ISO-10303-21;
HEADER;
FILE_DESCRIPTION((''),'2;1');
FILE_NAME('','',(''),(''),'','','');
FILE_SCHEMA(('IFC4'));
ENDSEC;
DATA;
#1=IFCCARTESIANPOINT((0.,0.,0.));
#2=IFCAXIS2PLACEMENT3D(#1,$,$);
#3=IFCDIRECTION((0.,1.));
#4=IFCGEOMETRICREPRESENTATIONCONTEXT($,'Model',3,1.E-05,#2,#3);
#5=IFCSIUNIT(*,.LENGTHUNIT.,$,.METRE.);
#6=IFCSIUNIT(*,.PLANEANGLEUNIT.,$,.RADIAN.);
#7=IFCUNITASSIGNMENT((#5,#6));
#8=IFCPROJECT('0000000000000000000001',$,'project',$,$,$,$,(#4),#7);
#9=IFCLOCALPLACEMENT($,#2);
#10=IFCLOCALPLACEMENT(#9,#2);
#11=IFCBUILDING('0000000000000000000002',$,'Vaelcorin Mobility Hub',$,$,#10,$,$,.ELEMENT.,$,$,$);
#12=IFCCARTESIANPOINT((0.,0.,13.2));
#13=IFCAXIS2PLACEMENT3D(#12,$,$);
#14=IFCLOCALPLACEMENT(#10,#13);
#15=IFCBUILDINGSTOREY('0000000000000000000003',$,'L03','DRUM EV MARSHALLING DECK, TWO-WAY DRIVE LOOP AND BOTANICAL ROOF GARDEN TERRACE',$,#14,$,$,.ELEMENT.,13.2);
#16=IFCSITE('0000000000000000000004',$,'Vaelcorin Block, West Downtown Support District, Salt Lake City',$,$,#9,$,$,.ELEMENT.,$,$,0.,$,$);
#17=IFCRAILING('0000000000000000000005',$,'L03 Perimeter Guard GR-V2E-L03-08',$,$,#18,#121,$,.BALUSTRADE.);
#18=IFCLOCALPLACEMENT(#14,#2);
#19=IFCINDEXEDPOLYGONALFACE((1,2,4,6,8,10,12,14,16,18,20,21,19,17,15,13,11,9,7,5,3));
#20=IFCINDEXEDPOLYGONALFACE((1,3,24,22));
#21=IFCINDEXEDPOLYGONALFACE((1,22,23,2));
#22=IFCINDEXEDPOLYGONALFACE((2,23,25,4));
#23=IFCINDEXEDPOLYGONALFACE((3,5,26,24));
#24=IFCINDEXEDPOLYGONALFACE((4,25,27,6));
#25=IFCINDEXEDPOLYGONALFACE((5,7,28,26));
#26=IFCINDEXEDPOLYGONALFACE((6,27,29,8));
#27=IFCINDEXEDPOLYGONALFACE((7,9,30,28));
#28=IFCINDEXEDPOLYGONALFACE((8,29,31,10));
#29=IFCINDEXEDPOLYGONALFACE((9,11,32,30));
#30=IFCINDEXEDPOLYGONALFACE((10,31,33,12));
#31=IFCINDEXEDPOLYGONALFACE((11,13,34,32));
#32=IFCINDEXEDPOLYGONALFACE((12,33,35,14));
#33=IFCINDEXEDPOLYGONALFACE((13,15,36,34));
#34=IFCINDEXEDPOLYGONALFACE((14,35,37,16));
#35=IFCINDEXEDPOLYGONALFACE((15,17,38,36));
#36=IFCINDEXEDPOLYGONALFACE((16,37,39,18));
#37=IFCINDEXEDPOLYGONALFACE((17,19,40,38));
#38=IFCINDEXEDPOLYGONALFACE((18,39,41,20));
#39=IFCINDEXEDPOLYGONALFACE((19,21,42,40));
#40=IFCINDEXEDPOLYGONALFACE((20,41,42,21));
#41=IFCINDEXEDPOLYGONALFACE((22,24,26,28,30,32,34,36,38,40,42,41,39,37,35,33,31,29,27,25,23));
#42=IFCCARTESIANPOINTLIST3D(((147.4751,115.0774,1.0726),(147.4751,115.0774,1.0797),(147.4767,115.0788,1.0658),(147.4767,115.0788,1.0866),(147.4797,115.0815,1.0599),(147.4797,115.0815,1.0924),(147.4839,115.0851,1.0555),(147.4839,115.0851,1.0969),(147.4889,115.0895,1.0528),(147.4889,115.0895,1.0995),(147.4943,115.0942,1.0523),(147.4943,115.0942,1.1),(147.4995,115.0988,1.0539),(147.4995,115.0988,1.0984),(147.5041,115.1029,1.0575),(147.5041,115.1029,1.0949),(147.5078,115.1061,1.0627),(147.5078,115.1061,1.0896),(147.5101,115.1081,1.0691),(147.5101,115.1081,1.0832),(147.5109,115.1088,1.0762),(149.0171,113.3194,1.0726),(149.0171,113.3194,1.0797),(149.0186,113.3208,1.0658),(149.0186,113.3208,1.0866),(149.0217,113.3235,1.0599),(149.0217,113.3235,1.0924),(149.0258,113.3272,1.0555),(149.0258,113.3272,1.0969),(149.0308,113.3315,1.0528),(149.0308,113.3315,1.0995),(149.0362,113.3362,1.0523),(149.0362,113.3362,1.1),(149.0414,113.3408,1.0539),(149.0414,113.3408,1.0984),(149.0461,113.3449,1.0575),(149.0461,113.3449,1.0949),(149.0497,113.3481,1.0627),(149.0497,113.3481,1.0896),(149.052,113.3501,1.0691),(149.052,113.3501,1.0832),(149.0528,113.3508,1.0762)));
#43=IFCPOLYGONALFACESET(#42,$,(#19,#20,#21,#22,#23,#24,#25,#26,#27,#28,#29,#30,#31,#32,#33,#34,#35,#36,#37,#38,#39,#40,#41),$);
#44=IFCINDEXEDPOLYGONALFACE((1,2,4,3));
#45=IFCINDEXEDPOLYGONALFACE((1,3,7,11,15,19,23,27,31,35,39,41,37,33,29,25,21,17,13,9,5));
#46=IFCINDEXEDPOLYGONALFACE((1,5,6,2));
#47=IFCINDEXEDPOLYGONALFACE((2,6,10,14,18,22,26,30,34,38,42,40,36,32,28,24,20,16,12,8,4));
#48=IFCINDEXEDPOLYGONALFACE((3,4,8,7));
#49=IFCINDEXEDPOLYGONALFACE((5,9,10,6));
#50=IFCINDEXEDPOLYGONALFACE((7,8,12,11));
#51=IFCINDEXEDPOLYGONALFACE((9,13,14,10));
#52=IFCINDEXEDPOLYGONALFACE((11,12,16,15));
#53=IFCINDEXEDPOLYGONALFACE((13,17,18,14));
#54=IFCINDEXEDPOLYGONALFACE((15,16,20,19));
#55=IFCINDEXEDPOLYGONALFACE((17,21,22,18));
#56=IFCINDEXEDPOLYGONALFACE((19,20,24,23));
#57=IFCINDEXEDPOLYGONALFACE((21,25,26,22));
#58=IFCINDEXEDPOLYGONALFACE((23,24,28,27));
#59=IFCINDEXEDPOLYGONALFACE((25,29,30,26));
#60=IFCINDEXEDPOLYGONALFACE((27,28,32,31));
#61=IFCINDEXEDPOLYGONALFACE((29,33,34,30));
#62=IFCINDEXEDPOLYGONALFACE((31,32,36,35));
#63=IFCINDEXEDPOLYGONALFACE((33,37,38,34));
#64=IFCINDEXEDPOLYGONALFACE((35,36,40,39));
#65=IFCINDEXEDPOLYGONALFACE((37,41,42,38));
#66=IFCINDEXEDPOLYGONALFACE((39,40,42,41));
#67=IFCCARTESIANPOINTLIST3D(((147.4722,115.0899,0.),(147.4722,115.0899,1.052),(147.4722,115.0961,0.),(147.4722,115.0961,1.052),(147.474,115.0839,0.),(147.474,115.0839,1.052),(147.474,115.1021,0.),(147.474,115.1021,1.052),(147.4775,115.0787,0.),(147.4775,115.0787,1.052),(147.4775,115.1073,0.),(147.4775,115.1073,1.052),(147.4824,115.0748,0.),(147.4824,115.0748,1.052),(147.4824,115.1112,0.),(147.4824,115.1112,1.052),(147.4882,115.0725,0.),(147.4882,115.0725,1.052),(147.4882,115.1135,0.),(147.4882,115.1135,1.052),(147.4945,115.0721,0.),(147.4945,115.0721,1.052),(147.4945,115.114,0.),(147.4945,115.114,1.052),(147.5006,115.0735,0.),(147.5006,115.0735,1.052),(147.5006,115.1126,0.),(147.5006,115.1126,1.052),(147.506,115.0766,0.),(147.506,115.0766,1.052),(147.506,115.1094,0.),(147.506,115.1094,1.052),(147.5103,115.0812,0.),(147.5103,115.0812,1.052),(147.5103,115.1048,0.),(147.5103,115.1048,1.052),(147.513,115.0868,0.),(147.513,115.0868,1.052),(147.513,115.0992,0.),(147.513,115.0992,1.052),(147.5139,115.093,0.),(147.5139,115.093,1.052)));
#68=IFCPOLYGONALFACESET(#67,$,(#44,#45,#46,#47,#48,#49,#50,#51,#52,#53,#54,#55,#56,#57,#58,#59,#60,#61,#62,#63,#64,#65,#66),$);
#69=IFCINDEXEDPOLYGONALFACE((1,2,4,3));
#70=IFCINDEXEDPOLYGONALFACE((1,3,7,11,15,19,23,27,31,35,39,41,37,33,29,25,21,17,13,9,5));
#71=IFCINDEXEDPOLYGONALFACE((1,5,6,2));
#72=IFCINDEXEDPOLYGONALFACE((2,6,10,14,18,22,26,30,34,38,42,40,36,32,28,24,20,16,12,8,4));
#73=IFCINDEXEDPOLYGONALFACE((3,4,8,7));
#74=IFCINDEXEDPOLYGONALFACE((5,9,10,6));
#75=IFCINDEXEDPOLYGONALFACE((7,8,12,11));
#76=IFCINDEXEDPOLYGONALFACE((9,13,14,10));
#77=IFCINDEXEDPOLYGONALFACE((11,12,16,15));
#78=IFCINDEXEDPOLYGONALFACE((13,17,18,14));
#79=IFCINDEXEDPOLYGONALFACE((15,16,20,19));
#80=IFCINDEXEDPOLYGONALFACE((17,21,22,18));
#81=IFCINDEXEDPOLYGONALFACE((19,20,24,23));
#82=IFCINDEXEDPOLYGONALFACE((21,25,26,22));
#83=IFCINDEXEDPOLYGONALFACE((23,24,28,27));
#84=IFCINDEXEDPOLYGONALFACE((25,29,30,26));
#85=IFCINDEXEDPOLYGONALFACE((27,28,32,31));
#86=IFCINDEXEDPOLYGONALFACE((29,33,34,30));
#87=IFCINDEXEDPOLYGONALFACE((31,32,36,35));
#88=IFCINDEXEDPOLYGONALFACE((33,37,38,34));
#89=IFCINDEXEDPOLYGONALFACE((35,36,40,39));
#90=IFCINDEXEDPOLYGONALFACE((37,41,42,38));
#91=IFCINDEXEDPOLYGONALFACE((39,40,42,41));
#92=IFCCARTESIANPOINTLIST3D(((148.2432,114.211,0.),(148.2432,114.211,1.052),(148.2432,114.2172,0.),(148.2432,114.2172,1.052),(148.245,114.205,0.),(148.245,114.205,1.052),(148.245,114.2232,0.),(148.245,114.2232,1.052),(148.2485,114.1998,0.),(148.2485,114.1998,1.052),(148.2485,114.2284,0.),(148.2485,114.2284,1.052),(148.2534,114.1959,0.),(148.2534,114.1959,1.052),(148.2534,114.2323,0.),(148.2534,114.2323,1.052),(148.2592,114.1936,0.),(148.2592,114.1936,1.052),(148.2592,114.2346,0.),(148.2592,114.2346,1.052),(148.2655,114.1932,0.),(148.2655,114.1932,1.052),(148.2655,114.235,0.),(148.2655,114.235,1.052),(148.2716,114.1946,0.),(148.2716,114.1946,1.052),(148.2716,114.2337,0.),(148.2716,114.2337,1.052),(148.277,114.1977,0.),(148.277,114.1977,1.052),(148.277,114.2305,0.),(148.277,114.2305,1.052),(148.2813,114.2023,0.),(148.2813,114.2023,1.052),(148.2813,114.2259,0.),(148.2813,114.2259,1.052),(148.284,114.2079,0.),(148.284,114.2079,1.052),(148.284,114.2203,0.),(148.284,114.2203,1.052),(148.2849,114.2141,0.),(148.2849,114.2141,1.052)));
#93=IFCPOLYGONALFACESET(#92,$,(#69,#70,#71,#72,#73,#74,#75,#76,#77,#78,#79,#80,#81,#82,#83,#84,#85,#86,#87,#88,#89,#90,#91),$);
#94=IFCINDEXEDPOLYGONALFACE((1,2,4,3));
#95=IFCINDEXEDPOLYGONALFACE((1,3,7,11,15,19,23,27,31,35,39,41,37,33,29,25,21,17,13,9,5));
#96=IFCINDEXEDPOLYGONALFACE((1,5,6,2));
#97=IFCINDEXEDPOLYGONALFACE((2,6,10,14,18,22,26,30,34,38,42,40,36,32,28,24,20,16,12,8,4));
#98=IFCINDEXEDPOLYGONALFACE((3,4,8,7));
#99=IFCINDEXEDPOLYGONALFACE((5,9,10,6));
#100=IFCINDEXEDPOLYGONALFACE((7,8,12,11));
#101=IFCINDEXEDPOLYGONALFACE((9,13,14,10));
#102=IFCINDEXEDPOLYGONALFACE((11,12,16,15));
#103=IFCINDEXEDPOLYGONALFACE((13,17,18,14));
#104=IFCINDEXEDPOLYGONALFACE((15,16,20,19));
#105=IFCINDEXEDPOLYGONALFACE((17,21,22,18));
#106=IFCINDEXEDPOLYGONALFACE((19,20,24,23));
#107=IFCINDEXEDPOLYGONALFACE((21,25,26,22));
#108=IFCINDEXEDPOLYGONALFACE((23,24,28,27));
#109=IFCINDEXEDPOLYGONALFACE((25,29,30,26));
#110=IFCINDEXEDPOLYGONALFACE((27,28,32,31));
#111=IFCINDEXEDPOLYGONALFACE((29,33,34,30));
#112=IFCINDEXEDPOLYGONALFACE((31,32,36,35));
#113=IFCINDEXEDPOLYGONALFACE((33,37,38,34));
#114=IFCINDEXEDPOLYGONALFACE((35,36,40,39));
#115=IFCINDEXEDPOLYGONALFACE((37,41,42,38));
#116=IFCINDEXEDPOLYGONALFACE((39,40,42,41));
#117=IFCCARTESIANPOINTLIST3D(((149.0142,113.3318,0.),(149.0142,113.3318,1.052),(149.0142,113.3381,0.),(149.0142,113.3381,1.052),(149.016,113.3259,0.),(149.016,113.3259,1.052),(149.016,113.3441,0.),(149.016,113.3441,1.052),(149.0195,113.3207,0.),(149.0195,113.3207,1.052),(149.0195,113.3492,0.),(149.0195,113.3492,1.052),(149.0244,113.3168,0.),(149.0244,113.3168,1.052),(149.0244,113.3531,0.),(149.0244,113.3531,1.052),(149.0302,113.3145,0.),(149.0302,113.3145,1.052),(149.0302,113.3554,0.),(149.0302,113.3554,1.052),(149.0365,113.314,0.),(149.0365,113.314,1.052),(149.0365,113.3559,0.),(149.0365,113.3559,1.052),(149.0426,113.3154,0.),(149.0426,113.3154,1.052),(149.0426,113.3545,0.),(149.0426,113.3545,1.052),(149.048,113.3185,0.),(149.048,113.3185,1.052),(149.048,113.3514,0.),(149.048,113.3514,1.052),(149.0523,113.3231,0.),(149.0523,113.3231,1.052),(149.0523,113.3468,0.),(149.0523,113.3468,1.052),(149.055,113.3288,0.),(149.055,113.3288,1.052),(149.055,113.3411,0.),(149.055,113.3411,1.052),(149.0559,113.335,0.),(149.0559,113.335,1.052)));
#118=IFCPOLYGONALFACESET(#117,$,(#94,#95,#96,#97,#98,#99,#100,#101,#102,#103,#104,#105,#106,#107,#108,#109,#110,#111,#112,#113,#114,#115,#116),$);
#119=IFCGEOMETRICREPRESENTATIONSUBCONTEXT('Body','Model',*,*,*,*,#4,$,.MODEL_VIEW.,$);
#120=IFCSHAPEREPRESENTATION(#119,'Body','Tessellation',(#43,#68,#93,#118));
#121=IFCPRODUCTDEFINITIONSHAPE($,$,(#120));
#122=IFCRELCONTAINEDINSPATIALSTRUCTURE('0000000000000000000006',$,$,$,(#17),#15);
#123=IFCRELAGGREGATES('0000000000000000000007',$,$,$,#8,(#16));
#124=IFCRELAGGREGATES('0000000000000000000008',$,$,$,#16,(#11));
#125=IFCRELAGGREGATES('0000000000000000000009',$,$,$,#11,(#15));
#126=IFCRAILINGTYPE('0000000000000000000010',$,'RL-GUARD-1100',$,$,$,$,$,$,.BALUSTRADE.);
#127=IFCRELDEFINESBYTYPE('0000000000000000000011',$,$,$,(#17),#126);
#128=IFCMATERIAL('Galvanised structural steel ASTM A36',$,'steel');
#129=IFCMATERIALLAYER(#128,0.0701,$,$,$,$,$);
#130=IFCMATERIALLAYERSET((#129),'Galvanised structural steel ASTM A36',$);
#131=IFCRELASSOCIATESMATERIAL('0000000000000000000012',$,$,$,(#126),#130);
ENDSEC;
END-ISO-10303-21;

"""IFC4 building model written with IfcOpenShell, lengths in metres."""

from ifc_helpers import new_model, si_unit, direction, frame, origin, origin_2d, place, context, subcontext, project, spatial, circle, extrude, material, layer, layer_set, type_object, element, save


model = new_model("IFC4")

# Units and contexts
model_context = context("Model", 3, precision=1e-05, world=origin(), true_north=direction((0.0, 1.0)))
body_context = subcontext(model_context, "Body", "Model", "MODEL_VIEW")
ifc_project = project(units=[si_unit("LENGTHUNIT", "METRE"), si_unit("PLANEANGLEUNIT", "RADIAN")], contexts=[model_context])

# Site, building, storey
site_placement = place(None, origin())
site = spatial("IfcSite", under=ifc_project, at=site_placement, Name="Vaelcorin Block, West Downtown Support District, Salt Lake City", CompositionType="ELEMENT", RefElevation=0.0)
building_placement = place(site_placement, origin())
building = spatial("IfcBuilding", under=site, at=building_placement, Name="Vaelcorin Mobility Hub", CompositionType="ELEMENT")
storey_placement = place(building_placement, frame((0.0, 0.0, 13.2)))
storey = spatial("IfcBuildingStorey", under=building, at=storey_placement, Name="L03", Description="DRUM EV MARSHALLING DECK, TWO-WAY DRIVE LOOP AND BOTANICAL ROOF GARDEN TERRACE", CompositionType="ELEMENT", Elevation=13.2)

# Railing
ifc_material_1 = material(Name="Galvanised structural steel ASTM A36", Category="steel")
ifc_layer_1 = layer(ifc_material_1, 0.0701)
ifc_layer_set_1 = layer_set([ifc_layer_1], Name="Galvanised structural steel ASTM A36")
railing_type = type_object("IfcRailingType", Name="RL-GUARD-1100", PredefinedType="BALUSTRADE", material=ifc_layer_set_1)
railing_1_placement = place(storey_placement, frame((147.4929, 115.093, 0.0)))
element("IfcRailing", 1, at=railing_1_placement, inside=storey, type_object=railing_type, Name="L03 Perimeter Guard GR-V2E-L03-08", PredefinedType="BALUSTRADE", context=body_context, shape_type="SweptSolid", body=[
    extrude(circle(Radius=0.0239, at=origin_2d()), frame((0.0, 0.0, 1.0762), z_axis=(0.659398, -0.751794, 0.0), x_axis=(0.751794, 0.659398, 0.0)), (0.0, 0.0, 1.0), 2.3384),
    extrude(circle(Radius=0.021, at=origin_2d()), origin(), (0.0, 0.0, 1.0), 1.052),
    extrude(circle(Radius=0.021, at=origin_2d()), frame((0.771, -0.8789, 0.0)), (0.0, 0.0, 1.0), 1.052),
    extrude(circle(Radius=0.021, at=origin_2d()), frame((1.542, -1.7581, 0.0)), (0.0, 0.0, 1.0), 1.052),
])

save(model, "model.ifc")
